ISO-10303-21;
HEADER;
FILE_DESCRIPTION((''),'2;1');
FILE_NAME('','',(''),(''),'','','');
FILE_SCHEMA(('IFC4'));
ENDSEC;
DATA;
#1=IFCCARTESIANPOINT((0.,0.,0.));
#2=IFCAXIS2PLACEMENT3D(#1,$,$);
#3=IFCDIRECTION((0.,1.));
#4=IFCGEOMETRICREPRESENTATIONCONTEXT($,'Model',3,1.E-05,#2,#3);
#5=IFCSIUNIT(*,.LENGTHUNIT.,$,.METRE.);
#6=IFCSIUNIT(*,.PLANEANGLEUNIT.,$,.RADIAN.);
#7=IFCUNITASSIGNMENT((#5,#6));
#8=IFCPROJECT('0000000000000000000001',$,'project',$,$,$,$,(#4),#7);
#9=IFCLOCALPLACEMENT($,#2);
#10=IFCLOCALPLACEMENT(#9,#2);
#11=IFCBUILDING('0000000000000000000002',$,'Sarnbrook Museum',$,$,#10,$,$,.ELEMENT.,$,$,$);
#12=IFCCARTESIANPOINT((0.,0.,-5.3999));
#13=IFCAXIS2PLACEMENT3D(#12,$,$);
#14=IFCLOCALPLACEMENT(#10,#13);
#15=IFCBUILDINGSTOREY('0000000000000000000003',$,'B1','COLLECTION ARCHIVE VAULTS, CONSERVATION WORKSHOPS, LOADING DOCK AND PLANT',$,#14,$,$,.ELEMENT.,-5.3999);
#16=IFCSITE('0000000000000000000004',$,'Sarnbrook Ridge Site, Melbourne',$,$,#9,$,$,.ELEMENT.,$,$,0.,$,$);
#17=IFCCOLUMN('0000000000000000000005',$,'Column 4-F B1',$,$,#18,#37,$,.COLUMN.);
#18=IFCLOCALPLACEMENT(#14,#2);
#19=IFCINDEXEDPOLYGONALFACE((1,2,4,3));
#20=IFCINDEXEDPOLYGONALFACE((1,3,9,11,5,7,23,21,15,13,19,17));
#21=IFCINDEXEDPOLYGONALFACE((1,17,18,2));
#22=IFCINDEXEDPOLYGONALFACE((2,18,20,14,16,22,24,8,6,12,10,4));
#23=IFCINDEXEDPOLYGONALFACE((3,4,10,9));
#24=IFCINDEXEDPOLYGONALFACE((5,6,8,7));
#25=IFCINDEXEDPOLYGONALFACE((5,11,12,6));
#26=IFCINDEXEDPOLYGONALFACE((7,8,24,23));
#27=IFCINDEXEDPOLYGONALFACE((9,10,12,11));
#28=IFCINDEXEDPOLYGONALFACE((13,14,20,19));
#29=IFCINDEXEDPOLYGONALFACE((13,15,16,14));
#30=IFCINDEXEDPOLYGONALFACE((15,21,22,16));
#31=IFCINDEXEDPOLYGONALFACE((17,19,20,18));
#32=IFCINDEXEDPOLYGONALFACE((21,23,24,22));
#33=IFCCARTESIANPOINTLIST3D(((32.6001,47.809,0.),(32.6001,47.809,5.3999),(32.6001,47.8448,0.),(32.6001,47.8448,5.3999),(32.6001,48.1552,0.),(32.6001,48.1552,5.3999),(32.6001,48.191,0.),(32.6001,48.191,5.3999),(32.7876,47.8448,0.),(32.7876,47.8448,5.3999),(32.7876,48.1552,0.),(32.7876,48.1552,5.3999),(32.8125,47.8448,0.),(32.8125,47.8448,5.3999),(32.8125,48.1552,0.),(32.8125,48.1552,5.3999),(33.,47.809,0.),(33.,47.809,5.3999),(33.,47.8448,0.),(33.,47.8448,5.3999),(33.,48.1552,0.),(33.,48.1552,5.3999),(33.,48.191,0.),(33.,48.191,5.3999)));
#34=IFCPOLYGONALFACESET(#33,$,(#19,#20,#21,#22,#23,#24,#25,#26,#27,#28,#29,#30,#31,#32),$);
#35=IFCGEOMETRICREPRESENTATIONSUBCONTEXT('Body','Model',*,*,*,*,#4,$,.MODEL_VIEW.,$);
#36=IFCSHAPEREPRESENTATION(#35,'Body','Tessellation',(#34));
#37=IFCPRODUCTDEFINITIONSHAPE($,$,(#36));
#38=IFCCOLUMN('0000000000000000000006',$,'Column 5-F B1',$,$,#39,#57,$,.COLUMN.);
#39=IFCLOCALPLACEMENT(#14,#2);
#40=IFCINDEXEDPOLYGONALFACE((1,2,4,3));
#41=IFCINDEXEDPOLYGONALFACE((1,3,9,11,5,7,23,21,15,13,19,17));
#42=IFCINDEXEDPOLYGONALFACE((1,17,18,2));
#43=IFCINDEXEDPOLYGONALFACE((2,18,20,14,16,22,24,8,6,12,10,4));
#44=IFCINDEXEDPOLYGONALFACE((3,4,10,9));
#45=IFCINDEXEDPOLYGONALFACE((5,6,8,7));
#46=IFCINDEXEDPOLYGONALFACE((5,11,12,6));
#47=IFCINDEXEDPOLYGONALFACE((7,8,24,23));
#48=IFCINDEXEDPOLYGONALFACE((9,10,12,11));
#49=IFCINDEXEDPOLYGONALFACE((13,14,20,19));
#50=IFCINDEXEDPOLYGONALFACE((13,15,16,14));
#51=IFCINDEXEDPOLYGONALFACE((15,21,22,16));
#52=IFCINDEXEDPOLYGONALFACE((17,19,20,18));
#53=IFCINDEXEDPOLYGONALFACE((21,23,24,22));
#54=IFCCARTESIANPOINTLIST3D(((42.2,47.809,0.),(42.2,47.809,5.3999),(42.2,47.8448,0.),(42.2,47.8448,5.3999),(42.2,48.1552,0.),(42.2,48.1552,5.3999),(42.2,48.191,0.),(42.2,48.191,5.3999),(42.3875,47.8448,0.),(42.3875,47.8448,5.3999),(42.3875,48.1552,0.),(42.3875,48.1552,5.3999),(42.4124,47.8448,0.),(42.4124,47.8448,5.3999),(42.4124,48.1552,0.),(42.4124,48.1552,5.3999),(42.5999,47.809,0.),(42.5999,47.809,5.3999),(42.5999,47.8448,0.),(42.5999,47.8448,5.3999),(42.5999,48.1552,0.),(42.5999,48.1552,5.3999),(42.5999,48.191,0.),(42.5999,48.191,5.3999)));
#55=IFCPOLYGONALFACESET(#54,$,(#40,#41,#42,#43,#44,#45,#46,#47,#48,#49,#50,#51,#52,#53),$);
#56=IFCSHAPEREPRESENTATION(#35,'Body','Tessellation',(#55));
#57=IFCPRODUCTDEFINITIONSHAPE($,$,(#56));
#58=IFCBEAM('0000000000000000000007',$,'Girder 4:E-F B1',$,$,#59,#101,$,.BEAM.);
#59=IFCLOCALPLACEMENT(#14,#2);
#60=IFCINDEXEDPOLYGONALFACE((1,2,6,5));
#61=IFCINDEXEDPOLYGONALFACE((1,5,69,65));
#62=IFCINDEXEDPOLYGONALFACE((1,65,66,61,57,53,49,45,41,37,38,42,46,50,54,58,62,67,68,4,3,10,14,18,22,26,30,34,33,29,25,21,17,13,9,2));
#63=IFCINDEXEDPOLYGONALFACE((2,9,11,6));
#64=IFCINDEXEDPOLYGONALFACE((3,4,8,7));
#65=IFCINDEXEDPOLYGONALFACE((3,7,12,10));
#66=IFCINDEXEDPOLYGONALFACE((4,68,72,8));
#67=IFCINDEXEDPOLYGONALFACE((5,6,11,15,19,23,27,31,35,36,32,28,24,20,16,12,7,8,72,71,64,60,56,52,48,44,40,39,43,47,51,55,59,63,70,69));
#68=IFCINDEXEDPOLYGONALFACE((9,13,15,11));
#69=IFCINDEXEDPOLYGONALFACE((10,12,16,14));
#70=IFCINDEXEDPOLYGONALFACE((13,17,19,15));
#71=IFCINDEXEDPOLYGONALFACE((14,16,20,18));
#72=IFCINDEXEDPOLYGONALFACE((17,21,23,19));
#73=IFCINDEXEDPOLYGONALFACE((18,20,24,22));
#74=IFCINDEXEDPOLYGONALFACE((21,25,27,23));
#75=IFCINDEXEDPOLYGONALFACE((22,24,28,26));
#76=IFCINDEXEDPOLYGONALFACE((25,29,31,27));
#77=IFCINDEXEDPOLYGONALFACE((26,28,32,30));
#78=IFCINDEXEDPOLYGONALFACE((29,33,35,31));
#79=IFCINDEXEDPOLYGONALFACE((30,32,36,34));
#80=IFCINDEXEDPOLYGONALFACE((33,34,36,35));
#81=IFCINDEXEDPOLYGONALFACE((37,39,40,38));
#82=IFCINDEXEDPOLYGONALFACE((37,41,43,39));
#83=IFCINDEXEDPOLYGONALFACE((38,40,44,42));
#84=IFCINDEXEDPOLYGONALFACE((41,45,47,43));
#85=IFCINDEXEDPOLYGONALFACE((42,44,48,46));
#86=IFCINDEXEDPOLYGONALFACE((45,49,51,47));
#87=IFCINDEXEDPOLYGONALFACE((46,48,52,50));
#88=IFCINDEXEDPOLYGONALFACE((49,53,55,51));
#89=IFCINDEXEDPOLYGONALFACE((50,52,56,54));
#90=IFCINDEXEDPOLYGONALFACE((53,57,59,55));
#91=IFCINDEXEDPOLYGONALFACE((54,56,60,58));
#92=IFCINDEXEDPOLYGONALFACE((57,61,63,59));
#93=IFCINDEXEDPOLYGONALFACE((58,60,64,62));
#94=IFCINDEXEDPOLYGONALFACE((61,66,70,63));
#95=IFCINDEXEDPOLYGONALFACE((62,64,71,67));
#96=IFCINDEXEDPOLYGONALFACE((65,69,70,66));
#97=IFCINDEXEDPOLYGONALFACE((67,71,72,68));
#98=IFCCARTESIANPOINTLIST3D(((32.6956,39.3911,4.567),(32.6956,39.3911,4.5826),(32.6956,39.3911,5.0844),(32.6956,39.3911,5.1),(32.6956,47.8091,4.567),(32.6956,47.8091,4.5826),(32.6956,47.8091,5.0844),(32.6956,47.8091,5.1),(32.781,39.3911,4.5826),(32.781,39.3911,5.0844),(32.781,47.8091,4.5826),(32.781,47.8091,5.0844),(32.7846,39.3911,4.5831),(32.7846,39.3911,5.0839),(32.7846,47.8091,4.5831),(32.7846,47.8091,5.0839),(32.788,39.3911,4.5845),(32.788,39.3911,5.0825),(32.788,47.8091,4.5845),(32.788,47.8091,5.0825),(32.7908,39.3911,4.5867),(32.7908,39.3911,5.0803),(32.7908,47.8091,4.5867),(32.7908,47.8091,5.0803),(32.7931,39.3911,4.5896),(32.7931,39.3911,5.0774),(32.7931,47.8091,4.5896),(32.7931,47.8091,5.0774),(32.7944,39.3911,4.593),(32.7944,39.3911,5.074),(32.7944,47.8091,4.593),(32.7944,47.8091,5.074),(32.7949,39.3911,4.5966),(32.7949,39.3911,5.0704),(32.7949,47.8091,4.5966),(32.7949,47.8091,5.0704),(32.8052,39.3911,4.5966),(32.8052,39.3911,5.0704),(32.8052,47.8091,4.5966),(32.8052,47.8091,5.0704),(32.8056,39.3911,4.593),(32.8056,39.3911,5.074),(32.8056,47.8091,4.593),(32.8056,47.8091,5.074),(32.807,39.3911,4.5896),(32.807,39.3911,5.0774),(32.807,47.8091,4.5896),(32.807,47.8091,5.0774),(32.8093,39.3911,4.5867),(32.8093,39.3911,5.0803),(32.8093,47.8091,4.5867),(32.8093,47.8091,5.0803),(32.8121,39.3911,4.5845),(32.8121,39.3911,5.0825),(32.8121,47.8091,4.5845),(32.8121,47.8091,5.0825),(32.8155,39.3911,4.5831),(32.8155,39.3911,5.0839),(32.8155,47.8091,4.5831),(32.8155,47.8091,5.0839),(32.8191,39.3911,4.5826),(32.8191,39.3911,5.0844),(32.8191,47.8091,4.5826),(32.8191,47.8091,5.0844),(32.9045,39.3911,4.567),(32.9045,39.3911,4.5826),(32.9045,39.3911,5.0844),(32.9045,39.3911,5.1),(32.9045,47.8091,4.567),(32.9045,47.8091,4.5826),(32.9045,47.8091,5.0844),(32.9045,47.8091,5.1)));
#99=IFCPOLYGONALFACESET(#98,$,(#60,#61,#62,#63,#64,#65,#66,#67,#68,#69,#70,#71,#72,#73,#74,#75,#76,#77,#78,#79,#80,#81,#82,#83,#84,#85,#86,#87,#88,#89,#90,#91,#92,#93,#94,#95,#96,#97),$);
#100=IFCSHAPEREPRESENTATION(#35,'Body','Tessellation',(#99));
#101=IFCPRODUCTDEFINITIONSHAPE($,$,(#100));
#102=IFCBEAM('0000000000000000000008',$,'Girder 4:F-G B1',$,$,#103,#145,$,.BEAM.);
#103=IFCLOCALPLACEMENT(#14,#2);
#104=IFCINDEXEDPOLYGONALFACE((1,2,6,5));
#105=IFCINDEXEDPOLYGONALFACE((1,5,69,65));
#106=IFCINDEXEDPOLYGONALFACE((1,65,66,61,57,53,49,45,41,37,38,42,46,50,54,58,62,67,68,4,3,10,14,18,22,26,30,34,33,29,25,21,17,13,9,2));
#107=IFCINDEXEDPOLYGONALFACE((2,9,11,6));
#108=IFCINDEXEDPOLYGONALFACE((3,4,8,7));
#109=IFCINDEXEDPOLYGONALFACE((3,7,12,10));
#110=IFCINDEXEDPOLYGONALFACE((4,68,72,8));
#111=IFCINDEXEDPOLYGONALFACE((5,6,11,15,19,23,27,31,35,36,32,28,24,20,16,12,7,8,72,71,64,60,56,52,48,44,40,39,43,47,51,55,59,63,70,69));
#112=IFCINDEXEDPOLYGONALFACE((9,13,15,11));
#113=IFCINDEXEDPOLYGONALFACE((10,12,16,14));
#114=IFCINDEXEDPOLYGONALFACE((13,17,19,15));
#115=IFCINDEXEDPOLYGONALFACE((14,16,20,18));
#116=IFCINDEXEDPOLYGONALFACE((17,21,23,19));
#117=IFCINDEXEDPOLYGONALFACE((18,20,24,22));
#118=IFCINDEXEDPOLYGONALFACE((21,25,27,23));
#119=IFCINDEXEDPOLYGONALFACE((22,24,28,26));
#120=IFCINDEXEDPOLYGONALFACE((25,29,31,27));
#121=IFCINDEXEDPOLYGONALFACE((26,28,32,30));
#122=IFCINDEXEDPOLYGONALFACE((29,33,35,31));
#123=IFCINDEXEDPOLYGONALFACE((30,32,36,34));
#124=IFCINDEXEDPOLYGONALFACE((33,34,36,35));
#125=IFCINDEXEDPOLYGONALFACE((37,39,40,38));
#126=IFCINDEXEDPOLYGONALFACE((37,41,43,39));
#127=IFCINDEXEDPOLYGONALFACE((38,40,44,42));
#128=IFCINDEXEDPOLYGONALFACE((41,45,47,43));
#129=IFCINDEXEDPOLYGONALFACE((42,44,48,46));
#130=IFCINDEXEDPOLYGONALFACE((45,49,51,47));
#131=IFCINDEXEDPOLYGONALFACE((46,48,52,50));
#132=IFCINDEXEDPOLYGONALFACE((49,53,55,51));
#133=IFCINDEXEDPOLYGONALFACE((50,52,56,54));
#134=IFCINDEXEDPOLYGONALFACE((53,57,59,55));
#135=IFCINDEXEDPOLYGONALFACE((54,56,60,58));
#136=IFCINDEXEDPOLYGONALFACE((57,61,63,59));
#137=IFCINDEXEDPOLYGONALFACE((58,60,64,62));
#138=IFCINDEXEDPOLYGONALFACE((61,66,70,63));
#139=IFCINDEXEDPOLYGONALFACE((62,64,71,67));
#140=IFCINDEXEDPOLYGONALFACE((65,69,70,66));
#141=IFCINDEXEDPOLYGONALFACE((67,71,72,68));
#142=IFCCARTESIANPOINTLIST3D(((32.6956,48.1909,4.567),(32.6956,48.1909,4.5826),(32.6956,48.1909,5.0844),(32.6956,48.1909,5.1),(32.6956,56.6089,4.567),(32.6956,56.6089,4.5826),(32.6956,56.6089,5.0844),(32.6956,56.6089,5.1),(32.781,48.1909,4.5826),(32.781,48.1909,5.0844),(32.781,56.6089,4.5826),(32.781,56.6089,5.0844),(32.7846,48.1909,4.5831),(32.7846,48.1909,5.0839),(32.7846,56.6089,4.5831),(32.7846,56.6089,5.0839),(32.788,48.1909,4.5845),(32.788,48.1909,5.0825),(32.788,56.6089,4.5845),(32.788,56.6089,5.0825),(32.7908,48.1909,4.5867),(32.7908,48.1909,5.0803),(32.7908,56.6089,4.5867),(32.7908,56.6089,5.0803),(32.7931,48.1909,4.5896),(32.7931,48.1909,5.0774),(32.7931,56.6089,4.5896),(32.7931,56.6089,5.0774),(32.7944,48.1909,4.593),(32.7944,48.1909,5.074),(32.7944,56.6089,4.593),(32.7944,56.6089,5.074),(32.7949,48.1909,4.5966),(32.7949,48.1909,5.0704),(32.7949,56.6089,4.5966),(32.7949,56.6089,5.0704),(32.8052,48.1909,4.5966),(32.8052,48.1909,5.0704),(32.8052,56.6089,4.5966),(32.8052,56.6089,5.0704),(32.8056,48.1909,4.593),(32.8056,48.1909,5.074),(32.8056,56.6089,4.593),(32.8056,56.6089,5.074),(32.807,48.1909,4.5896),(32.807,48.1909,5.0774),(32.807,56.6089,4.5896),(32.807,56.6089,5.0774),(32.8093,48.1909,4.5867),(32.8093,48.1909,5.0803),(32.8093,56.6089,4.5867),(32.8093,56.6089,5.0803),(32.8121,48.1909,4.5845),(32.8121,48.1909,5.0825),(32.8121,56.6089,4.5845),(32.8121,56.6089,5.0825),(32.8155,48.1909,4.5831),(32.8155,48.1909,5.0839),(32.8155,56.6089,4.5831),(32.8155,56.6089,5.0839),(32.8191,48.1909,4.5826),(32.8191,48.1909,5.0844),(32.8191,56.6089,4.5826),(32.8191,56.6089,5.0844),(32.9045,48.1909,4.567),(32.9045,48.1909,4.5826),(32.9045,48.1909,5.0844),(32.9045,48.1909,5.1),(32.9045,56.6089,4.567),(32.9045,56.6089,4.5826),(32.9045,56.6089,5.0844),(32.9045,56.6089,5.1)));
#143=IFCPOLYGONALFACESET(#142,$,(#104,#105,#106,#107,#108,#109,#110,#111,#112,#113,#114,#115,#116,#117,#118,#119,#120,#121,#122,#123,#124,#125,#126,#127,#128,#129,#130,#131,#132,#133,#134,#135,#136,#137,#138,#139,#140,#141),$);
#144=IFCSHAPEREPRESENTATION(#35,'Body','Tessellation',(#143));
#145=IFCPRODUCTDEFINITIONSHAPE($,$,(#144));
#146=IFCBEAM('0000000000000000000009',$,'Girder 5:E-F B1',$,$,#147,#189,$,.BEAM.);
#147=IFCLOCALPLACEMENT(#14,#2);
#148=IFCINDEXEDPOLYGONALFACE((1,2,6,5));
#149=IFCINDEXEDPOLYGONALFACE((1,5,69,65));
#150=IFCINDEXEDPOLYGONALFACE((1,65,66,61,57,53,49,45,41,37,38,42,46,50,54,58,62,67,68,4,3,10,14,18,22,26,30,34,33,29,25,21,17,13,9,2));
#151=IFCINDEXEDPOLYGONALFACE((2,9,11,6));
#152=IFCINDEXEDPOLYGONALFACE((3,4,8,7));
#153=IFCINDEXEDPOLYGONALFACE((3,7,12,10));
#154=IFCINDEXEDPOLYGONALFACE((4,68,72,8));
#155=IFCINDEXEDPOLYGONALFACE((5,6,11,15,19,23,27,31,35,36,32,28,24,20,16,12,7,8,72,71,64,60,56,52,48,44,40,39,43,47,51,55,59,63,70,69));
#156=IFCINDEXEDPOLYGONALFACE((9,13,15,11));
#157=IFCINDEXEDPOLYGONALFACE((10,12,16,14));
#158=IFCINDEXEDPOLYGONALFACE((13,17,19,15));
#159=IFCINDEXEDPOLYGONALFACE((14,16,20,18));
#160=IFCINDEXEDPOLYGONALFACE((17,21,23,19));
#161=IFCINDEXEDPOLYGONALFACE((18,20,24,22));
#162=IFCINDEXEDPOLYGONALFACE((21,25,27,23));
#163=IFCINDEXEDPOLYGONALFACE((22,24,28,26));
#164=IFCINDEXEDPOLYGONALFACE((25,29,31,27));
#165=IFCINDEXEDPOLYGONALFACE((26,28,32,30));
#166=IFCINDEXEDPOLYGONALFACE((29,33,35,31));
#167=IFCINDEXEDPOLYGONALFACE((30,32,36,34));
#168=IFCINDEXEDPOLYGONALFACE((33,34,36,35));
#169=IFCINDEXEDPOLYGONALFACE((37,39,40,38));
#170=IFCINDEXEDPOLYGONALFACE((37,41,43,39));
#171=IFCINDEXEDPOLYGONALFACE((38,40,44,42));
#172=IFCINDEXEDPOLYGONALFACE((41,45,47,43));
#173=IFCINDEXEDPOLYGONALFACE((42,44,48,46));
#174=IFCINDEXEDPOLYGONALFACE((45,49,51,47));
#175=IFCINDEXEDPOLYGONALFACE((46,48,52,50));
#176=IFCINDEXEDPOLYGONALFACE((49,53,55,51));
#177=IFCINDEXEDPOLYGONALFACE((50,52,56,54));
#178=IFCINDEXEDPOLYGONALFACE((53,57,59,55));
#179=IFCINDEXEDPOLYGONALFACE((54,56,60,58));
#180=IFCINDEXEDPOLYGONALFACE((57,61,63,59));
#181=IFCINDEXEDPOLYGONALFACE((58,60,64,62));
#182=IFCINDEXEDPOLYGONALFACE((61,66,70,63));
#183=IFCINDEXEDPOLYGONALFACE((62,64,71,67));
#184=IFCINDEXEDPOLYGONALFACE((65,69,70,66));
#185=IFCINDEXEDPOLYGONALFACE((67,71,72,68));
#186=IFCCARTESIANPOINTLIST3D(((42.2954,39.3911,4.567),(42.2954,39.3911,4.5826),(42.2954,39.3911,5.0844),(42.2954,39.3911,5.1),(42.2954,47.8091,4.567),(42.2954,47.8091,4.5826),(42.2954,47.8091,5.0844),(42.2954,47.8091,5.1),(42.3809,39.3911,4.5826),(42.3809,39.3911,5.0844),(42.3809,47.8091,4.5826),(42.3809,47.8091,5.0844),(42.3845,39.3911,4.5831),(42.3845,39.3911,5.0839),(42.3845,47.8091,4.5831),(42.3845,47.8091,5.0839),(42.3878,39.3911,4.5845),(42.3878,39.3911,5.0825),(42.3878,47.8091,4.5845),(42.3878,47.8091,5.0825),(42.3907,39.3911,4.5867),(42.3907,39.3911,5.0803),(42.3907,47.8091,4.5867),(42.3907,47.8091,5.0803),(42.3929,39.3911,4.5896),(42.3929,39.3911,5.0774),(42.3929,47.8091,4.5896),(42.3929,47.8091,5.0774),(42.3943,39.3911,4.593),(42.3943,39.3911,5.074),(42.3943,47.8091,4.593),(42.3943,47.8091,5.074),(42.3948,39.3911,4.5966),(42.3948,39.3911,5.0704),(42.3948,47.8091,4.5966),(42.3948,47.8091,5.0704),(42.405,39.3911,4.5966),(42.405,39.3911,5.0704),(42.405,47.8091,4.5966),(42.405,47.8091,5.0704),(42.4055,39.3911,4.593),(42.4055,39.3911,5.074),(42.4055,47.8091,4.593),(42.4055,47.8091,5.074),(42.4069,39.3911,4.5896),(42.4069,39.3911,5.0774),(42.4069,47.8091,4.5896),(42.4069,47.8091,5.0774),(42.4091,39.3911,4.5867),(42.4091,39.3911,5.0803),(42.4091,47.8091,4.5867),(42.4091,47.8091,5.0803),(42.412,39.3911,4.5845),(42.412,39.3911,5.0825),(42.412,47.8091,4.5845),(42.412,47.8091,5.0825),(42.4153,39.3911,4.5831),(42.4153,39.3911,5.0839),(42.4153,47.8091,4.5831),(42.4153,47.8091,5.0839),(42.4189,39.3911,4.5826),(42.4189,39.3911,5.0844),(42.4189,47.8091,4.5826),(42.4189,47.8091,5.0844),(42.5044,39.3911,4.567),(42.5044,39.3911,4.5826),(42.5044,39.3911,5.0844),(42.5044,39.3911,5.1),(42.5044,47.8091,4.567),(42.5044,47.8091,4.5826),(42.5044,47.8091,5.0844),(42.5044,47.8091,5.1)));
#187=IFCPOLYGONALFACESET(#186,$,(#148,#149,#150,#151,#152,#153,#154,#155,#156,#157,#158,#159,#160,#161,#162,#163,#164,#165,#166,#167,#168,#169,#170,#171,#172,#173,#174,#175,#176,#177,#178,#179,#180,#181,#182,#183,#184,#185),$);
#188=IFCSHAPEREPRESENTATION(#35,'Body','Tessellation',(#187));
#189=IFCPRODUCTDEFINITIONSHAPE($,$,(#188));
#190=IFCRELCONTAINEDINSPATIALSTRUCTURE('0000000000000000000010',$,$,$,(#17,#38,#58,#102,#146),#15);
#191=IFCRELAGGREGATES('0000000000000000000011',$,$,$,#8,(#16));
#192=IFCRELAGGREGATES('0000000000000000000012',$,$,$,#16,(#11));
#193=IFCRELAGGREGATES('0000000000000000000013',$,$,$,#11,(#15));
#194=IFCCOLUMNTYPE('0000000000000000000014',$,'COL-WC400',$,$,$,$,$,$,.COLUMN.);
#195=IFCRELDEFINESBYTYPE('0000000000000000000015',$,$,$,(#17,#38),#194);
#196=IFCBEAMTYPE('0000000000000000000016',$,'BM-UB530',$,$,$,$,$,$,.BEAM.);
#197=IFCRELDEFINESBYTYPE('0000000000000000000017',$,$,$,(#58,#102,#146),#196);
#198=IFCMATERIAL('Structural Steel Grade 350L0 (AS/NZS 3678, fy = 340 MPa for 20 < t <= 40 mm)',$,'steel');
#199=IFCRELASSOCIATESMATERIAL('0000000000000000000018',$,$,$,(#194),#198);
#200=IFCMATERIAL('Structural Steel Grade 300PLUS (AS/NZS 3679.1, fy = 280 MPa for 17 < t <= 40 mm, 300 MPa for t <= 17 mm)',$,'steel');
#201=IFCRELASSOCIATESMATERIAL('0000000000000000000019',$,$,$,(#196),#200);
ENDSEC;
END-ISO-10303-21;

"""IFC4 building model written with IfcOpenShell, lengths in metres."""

from ifc_helpers import new_model, si_unit, direction, frame, origin, origin_2d, place, context, subcontext, project, spatial, i_section, extrude, material, material_profile, profile_set, type_object, element, save


model = new_model("IFC4")

# Units and contexts
model_context = context("Model", 3, precision=1e-05, world=origin(), true_north=direction((0.0, 1.0)))
body_context = subcontext(model_context, "Body", "Model", "MODEL_VIEW")
ifc_project = project(units=[si_unit("LENGTHUNIT", "METRE"), si_unit("PLANEANGLEUNIT", "RADIAN")], contexts=[model_context])

# Site, building, storey
site_placement = place(None, origin())
site = spatial("IfcSite", under=ifc_project, at=site_placement, Name="Sarnbrook Ridge Site, Melbourne", CompositionType="ELEMENT", RefElevation=0.0)
building_placement = place(site_placement, origin())
building = spatial("IfcBuilding", under=site, at=building_placement, Name="Sarnbrook Museum", CompositionType="ELEMENT")
storey_placement = place(building_placement, frame((0.0, 0.0, -5.3999)))
storey = spatial("IfcBuildingStorey", under=building, at=storey_placement, Name="B1", Description="COLLECTION ARCHIVE VAULTS, CONSERVATION WORKSHOPS, LOADING DOCK AND PLANT", CompositionType="ELEMENT", Elevation=-5.3999)

# Columns
ifc_material_1 = material(Name="Structural Steel Grade 350L0 (AS/NZS 3678, fy = 340 MPa for 20 < t <= 40 mm)", Category="steel")
ifc_material_profile_1 = material_profile(ifc_material_1, i_section(OverallWidth=0.3999, OverallDepth=0.3821, WebThickness=0.0249, FlangeThickness=0.0359, at=origin_2d()), Name="400WC270")
ifc_profile_set_1 = profile_set([ifc_material_profile_1], Name="Structural Steel Grade 350L0 (AS/NZS 3678, fy = 340 MPa for 20 < t <= 40 mm)")
column_type = type_object("IfcColumnType", Name="COL-WC400", PredefinedType="COLUMN", material=ifc_profile_set_1)
for number, where, z_axis, x_axis, name in (
    (1, (32.8, 48.0, 0.0), (0.0, 0.0, 1.0), (1.0, 0.0, 0.0), "Column 4-F B1"),
    (2, (42.3999, 48.0, 0.0), (0.0, 0.0, 1.0), (1.0, 0.0, 0.0), "Column 5-F B1"),
):
    element("IfcColumn", number, at=place(storey_placement, frame(where, z_axis=z_axis, x_axis=x_axis)), inside=storey, type_object=column_type, Name=name, PredefinedType="COLUMN", context=body_context, shape_type="SweptSolid", body=[
        extrude(i_section(OverallWidth=0.3999, OverallDepth=0.3821, WebThickness=0.0249, FlangeThickness=0.0359, at=origin_2d()), origin(), (0.0, 0.0, 1.0), 5.3999),
    ])

# Beams
ifc_material_2 = material(Name="Structural Steel Grade 300PLUS (AS/NZS 3679.1, fy = 280 MPa for 17 < t <= 40 mm, 300 MPa for t <= 17 mm)", Category="steel")
ifc_material_profile_2 = material_profile(ifc_material_2, i_section(OverallWidth=0.209, OverallDepth=0.533, WebThickness=0.0103, FlangeThickness=0.0156, FilletRadius=0.0139, at=origin_2d()), Name="530UB92.4")
ifc_profile_set_2 = profile_set([ifc_material_profile_2], Name="Structural Steel Grade 300PLUS (AS/NZS 3679.1, fy = 280 MPa for 17 < t <= 40 mm, 300 MPa for t <= 17 mm)")
beam_type_1 = type_object("IfcBeamType", Name="BM-UB530", PredefinedType="BEAM", material=ifc_profile_set_2)
for number, where, z_axis, x_axis, name in (
    (3, (32.8, 39.3911, 4.8335), (0.0, 1.0, 0.0), (-1.0, 0.0, 0.0), "Girder 4:E-F B1"),
    (4, (32.8, 48.1909, 4.8335), (0.0, 1.0, 0.0), (-1.0, 0.0, 0.0), "Girder 4:F-G B1"),
    (5, (42.3999, 39.3911, 4.8335), (0.0, 1.0, 0.0), (-1.0, 0.0, 0.0), "Girder 5:E-F B1"),
):
    element("IfcBeam", number, at=place(storey_placement, frame(where, z_axis=z_axis, x_axis=x_axis)), inside=storey, type_object=beam_type_1, Name=name, PredefinedType="BEAM", context=body_context, shape_type="SweptSolid", body=[
        extrude(i_section(OverallWidth=0.209, OverallDepth=0.533, WebThickness=0.0103, FlangeThickness=0.0156, FilletRadius=0.0139, at=origin_2d()), origin(), (0.0, 0.0, 1.0), 8.418),
    ])

save(model, "model.ifc")
